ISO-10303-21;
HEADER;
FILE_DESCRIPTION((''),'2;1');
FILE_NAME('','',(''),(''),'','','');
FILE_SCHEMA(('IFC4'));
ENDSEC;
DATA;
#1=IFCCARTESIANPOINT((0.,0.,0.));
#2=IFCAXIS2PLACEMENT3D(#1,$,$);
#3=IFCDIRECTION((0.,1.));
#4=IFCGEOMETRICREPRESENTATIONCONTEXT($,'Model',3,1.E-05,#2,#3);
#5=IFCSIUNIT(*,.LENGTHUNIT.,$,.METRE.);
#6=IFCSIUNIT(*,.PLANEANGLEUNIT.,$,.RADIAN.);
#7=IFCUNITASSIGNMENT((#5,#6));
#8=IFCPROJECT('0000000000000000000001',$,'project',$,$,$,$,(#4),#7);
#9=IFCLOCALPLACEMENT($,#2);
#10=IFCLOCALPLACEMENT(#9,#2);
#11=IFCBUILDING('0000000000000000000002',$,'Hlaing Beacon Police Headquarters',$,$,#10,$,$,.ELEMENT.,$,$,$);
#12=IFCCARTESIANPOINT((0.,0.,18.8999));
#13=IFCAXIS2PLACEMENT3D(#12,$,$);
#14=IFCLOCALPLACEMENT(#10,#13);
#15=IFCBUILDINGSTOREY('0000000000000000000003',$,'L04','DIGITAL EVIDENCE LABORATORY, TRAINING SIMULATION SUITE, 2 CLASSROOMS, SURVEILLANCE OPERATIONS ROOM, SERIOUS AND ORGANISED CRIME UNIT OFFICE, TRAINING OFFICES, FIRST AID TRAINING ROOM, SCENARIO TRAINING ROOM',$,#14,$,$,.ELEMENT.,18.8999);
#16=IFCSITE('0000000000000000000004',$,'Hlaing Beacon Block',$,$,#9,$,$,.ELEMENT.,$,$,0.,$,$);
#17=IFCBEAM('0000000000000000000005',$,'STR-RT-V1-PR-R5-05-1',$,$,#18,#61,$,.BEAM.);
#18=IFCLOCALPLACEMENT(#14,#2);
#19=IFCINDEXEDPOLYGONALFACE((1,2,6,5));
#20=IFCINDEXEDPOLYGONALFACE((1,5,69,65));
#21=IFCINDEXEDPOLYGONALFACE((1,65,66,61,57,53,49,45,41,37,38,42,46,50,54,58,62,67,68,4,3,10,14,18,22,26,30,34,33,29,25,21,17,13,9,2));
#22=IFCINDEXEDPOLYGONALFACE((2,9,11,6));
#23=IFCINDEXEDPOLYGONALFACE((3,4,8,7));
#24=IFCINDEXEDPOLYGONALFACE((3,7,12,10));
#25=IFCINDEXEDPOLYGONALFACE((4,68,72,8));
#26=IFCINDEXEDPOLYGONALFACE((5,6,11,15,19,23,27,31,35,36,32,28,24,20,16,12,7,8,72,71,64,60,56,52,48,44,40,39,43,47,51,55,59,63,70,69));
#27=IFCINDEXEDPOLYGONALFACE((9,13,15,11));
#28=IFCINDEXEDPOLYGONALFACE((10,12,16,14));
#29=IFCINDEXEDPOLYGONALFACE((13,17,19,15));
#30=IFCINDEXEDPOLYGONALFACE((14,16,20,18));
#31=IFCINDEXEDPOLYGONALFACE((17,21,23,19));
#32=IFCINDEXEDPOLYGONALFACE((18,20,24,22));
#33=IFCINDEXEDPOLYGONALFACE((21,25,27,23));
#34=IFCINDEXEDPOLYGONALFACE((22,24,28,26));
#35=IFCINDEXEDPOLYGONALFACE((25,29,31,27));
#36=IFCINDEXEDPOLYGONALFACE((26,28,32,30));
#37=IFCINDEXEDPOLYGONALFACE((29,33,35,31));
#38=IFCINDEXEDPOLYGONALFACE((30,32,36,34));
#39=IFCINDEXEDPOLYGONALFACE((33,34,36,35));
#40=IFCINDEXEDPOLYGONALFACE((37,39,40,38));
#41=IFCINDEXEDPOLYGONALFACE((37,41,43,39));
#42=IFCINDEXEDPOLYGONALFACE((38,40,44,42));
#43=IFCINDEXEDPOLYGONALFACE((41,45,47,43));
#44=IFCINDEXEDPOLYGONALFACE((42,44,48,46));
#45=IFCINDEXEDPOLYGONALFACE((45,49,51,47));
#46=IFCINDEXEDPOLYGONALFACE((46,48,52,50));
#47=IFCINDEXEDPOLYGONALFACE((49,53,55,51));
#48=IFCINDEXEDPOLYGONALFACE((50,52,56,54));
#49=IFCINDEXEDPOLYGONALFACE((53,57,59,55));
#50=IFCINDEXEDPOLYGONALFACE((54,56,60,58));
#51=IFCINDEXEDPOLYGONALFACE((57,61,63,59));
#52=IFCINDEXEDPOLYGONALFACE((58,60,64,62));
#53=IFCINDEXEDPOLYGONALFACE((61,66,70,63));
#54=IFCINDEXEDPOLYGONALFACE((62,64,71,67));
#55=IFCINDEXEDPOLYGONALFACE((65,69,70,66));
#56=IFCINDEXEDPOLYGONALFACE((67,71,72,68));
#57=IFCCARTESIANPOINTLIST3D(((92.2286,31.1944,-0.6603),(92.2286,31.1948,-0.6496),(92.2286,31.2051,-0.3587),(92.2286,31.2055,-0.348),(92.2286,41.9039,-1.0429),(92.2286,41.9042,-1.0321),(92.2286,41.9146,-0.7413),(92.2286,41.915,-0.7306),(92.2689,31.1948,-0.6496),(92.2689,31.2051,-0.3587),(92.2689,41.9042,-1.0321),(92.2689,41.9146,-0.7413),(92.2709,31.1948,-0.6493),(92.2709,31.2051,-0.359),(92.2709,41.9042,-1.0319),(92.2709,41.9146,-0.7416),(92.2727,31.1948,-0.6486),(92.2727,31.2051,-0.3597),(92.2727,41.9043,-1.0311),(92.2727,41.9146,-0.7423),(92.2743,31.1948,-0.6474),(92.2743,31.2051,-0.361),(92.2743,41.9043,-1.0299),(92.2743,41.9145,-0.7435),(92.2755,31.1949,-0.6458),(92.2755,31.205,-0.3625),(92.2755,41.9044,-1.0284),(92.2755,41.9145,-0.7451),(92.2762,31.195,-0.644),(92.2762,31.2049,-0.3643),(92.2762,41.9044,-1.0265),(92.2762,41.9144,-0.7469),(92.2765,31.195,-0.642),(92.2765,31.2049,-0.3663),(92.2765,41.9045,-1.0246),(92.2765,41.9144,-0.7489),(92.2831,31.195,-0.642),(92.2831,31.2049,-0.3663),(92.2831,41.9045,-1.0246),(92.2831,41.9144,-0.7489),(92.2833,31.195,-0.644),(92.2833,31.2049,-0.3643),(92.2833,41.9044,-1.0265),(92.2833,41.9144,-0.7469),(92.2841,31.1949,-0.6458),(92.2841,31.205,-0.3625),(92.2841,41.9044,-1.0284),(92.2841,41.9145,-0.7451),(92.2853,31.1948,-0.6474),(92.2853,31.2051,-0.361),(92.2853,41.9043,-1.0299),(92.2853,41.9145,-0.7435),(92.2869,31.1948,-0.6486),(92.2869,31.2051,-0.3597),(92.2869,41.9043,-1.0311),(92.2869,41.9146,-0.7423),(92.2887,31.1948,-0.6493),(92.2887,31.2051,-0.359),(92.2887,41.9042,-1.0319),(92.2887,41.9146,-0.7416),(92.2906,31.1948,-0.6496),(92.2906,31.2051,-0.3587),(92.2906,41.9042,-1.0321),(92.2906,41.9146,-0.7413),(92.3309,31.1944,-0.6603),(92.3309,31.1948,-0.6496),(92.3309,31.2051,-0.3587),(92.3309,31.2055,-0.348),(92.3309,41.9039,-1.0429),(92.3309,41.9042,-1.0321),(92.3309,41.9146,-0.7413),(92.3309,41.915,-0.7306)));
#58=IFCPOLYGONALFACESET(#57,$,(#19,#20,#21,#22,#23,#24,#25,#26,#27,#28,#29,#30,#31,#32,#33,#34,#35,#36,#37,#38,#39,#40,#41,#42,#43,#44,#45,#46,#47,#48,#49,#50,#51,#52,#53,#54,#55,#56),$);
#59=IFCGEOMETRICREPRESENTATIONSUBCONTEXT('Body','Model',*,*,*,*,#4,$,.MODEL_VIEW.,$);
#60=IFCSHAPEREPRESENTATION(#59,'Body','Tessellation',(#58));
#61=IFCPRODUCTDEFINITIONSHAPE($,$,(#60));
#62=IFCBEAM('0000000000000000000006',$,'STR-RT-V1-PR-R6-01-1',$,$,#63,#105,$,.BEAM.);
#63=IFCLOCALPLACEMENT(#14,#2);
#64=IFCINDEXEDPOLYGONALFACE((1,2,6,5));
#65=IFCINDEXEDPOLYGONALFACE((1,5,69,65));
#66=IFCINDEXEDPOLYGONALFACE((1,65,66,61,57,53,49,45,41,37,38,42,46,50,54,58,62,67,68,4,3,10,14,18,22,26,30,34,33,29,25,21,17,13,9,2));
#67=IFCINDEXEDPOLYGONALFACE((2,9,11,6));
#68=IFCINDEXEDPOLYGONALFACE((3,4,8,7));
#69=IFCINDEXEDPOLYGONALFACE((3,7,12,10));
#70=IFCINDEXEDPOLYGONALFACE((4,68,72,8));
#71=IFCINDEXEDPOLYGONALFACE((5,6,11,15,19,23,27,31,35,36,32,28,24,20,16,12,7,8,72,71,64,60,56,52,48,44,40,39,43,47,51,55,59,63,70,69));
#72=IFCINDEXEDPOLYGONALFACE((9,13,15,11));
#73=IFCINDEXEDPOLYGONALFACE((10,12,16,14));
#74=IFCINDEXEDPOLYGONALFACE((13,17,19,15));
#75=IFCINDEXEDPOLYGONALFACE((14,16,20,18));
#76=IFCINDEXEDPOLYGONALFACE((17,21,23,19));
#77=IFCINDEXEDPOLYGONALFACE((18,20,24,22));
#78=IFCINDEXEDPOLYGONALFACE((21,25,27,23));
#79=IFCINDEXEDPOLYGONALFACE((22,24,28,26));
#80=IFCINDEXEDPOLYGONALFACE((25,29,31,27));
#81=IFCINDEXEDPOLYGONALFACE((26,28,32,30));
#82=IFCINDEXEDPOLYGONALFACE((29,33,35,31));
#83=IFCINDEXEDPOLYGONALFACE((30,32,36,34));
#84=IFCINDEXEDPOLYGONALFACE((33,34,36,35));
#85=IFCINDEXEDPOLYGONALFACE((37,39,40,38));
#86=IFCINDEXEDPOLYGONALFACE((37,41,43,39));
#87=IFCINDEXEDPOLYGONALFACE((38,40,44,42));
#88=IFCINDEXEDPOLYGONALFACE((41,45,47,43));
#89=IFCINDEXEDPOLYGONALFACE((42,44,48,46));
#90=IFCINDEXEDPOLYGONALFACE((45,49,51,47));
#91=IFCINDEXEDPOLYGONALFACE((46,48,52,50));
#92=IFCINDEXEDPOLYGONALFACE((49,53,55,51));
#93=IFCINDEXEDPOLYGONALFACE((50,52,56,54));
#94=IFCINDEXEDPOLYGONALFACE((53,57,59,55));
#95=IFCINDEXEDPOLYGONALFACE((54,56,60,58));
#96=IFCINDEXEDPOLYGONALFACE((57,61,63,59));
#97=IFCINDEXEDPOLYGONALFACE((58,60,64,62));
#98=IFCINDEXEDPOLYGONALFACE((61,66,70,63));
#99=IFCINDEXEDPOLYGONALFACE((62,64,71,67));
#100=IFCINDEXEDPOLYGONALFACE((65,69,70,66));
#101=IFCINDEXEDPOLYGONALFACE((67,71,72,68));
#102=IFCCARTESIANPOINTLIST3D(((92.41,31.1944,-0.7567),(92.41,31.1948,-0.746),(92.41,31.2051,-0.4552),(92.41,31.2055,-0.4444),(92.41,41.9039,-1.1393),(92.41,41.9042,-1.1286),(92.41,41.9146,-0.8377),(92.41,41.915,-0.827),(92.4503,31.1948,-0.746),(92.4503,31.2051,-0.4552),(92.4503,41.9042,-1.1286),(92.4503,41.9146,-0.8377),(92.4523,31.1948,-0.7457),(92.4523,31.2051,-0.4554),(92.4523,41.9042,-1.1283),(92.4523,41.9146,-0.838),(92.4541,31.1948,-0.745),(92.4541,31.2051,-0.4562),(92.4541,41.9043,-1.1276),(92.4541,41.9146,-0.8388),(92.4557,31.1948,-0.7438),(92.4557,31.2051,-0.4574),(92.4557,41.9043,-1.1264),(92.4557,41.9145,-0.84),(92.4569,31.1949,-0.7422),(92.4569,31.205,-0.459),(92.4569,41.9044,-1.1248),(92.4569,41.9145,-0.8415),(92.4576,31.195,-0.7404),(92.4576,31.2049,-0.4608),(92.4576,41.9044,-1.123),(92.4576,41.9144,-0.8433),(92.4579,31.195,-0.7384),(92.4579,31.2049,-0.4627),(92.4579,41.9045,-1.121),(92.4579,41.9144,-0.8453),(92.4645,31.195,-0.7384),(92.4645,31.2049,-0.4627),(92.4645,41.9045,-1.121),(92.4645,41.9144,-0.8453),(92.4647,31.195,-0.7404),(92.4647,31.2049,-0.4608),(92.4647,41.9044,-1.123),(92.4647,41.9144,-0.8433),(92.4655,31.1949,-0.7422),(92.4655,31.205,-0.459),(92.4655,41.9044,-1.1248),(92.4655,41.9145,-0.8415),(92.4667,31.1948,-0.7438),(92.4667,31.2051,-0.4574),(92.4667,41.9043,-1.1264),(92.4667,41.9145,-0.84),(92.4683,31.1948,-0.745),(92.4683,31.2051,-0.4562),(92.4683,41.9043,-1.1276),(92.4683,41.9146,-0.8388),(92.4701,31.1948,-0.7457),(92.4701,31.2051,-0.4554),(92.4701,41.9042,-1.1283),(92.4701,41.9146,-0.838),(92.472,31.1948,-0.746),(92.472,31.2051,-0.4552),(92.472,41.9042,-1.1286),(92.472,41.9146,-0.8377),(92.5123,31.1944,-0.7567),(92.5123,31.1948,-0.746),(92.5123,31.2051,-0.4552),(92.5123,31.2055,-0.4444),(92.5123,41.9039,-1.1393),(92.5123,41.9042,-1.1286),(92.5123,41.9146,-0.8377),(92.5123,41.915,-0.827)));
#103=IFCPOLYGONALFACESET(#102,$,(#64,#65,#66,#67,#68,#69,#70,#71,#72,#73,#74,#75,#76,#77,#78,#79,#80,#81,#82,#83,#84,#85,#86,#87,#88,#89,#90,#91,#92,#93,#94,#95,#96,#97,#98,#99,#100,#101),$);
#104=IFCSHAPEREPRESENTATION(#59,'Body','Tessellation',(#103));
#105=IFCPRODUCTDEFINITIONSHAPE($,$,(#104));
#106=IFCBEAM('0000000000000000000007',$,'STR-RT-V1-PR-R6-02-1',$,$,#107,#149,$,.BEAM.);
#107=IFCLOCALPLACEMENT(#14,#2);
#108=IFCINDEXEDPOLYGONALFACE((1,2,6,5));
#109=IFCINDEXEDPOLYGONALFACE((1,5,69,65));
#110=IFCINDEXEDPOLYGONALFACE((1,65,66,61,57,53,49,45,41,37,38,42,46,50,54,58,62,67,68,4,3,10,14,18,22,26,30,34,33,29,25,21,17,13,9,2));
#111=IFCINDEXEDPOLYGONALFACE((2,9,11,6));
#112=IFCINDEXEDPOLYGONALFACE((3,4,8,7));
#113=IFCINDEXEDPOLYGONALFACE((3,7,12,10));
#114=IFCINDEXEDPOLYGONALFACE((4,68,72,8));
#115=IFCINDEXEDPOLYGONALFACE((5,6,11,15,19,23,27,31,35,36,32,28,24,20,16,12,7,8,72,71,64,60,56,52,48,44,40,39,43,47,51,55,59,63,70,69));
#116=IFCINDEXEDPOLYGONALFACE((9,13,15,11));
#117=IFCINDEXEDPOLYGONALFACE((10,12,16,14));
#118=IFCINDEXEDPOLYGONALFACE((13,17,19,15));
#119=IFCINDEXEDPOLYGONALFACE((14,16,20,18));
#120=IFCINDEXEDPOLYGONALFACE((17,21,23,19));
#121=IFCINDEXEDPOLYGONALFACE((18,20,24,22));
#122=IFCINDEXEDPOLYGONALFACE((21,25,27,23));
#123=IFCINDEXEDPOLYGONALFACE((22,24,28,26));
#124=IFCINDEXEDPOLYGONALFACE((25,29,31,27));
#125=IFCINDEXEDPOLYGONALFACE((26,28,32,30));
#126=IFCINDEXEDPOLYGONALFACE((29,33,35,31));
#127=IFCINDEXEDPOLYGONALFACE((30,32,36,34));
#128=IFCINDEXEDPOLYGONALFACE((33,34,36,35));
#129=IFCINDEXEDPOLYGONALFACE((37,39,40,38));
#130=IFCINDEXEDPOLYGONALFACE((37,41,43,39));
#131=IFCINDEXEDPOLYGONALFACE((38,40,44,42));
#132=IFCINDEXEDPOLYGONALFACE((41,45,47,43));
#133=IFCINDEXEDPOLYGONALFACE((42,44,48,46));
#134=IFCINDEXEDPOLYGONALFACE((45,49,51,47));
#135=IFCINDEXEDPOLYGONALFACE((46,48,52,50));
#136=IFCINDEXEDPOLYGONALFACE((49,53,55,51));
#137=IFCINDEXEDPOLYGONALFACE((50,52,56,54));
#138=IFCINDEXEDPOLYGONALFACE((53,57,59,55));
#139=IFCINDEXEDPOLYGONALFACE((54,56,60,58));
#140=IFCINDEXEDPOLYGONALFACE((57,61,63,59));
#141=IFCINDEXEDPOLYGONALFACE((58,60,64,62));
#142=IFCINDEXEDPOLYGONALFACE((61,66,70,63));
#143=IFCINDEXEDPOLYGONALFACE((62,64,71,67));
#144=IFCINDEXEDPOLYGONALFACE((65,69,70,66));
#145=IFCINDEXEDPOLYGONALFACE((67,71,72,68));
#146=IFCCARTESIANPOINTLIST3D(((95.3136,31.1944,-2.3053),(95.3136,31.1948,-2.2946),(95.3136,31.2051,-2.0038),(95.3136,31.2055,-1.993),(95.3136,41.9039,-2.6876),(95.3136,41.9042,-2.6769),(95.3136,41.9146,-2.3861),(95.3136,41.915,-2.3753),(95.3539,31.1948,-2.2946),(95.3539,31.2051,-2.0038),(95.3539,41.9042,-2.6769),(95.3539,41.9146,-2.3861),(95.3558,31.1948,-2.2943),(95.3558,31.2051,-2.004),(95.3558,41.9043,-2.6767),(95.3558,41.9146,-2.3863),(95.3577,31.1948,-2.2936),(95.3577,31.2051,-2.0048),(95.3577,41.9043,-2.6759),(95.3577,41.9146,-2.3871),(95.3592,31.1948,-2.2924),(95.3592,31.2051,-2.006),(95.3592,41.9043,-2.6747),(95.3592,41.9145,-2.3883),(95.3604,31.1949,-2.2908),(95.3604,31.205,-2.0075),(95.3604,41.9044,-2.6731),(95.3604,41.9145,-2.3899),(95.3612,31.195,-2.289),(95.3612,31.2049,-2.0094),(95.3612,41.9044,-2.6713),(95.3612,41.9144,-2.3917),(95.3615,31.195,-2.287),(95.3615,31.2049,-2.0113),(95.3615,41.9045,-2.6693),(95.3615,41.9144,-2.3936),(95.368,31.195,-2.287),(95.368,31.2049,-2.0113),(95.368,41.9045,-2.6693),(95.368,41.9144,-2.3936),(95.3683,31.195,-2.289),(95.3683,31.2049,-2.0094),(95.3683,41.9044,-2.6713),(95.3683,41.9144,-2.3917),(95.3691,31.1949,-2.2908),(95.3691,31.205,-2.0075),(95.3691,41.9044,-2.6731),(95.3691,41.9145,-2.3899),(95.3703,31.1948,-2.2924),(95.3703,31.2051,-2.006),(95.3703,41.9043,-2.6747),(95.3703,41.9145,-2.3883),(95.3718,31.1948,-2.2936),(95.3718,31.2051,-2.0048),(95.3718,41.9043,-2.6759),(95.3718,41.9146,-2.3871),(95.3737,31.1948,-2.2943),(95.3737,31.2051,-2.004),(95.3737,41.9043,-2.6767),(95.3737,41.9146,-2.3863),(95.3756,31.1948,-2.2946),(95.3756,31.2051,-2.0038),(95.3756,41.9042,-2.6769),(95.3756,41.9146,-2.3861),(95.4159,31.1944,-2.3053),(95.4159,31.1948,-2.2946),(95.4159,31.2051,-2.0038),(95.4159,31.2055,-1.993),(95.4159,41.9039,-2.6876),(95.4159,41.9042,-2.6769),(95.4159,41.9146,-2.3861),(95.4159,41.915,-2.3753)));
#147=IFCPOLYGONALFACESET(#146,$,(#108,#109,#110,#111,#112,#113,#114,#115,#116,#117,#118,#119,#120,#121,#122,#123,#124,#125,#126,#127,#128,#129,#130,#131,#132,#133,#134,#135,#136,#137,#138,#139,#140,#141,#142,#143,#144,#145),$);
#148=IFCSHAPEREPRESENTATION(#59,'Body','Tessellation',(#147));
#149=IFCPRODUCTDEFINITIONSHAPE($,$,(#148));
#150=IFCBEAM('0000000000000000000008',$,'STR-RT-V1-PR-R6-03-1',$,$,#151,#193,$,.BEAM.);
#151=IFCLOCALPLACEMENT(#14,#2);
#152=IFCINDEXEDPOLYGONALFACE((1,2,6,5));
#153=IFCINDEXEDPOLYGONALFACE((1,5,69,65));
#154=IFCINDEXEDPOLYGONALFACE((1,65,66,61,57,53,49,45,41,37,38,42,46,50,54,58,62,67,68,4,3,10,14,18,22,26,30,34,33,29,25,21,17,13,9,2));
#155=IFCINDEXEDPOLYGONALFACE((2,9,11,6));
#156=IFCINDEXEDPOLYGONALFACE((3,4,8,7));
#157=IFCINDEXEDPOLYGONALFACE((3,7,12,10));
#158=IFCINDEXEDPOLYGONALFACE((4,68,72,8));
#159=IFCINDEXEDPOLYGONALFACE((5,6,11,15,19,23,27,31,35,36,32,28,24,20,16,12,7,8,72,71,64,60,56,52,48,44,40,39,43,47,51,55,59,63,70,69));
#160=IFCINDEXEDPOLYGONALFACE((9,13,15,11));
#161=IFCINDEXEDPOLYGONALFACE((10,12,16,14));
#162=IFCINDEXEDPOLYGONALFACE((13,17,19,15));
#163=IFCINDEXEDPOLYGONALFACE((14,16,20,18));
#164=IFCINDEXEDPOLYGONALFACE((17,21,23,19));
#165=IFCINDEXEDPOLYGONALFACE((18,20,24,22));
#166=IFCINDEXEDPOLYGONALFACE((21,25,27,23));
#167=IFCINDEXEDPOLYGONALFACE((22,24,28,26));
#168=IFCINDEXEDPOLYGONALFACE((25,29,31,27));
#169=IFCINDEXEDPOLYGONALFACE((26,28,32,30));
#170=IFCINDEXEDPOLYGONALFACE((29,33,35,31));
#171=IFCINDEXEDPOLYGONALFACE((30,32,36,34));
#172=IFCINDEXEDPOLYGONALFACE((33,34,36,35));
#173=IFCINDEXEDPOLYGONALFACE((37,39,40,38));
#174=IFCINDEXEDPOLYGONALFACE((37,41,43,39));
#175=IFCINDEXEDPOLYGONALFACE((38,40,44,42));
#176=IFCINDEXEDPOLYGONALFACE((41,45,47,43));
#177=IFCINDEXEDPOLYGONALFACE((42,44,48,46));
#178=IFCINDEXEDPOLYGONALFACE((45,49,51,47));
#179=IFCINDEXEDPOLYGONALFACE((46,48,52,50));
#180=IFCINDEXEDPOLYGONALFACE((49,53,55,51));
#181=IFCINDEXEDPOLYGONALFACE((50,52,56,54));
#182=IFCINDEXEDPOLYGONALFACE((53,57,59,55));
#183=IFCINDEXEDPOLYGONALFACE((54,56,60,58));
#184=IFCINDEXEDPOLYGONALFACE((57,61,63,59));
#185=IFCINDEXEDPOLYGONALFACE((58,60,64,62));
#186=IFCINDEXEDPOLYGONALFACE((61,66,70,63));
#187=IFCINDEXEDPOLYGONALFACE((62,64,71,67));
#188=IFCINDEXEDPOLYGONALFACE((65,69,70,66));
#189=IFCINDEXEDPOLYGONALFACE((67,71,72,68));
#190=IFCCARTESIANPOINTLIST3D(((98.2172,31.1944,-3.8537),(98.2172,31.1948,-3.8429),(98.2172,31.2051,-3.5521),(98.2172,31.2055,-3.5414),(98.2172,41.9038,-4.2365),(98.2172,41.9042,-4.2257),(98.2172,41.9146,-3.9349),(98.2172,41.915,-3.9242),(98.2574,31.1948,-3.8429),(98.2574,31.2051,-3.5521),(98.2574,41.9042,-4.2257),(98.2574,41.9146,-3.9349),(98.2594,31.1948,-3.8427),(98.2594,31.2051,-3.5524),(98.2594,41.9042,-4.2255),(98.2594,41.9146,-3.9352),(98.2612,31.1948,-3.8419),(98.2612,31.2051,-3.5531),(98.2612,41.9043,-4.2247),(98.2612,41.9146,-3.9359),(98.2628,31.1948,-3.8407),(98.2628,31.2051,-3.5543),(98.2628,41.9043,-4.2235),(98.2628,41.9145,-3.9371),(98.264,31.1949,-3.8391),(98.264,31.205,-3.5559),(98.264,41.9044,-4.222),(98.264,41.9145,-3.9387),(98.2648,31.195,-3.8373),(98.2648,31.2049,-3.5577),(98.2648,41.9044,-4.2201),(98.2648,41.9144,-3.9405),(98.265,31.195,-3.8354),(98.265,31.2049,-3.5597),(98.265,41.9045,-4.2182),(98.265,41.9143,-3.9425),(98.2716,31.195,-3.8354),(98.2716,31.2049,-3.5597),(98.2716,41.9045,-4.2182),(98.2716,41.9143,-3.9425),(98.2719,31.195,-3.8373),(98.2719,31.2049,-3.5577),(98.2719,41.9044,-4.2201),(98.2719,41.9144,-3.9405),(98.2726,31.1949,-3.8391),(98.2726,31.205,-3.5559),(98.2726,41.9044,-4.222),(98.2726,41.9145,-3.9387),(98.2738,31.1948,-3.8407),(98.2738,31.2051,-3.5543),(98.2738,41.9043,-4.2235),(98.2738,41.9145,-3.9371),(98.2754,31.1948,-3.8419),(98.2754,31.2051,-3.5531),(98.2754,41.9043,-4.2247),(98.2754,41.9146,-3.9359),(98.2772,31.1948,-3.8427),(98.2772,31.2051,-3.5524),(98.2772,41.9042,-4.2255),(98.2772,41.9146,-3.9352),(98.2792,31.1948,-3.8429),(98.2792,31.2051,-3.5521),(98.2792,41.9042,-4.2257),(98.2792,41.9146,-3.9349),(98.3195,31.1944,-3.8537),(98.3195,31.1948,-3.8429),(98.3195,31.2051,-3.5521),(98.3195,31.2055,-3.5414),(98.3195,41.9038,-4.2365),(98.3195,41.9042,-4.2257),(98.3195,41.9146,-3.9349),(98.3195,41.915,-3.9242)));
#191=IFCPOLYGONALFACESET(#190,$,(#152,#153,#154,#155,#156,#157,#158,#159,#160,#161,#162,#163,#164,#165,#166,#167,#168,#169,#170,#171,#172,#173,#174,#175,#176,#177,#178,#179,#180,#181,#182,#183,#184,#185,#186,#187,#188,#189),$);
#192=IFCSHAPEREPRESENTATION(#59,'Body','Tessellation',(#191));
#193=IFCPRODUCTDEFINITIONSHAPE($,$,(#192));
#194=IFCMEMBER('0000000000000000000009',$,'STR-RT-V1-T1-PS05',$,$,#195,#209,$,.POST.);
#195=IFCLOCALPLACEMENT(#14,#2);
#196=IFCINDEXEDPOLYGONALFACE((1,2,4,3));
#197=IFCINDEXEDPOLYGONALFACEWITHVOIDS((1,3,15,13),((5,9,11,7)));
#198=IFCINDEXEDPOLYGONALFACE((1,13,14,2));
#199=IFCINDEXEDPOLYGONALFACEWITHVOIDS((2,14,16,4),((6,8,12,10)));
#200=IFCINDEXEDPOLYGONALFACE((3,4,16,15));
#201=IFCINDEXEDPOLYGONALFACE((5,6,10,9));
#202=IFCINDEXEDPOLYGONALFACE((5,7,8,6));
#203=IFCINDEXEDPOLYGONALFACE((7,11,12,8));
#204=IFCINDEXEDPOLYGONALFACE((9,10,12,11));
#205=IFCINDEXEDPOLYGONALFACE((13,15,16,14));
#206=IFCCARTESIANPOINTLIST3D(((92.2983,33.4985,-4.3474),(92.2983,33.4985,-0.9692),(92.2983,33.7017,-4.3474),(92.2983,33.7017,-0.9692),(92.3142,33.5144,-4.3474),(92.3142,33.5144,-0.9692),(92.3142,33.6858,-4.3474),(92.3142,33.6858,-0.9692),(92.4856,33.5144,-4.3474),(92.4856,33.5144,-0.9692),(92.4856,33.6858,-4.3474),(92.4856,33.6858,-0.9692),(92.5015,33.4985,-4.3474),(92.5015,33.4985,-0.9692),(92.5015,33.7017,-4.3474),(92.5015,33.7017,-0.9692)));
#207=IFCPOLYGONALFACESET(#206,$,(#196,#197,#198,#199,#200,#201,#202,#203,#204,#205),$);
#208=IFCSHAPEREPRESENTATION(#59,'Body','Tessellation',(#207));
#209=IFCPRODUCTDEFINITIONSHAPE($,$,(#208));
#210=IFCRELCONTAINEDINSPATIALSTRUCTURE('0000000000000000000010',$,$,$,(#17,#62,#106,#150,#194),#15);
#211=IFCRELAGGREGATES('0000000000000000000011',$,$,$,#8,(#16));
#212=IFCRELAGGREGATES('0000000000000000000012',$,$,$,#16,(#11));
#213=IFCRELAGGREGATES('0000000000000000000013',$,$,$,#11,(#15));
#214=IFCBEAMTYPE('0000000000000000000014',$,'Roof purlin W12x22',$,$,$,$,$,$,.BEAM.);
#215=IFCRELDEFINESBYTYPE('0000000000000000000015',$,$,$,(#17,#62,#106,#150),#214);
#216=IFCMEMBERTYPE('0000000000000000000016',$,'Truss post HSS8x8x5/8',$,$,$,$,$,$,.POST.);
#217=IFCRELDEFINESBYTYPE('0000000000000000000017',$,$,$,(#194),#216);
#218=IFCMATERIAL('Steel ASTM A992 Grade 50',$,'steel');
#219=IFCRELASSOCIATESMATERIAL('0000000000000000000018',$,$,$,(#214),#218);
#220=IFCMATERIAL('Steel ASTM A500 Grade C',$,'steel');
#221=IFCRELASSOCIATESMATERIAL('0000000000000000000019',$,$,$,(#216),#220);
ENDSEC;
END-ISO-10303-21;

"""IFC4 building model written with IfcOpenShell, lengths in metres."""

from ifc_helpers import new_model, si_unit, direction, frame, origin, origin_2d, place, context, subcontext, project, spatial, hollow_rectangle, i_section, extrude, material, material_profile, profile_set, type_object, element, save


model = new_model("IFC4")

# Units and contexts
model_context = context("Model", 3, precision=1e-05, world=origin(), true_north=direction((0.0, 1.0)))
body_context = subcontext(model_context, "Body", "Model", "MODEL_VIEW")
ifc_project = project(units=[si_unit("LENGTHUNIT", "METRE"), si_unit("PLANEANGLEUNIT", "RADIAN")], contexts=[model_context])

# Site, building, storey
site_placement = place(None, origin())
site = spatial("IfcSite", under=ifc_project, at=site_placement, Name="Hlaing Beacon Block", CompositionType="ELEMENT", RefElevation=0.0)
building_placement = place(site_placement, origin())
building = spatial("IfcBuilding", under=site, at=building_placement, Name="Hlaing Beacon Police Headquarters", CompositionType="ELEMENT")
storey_placement = place(building_placement, frame((0.0, 0.0, 18.8999)))
storey = spatial("IfcBuildingStorey", under=building, at=storey_placement, Name="L04", Description="DIGITAL EVIDENCE LABORATORY, TRAINING SIMULATION SUITE, 2 CLASSROOMS, SURVEILLANCE OPERATIONS ROOM, SERIOUS AND ORGANISED CRIME UNIT OFFICE, TRAINING OFFICES, FIRST AID TRAINING ROOM, SCENARIO TRAINING ROOM", CompositionType="ELEMENT", Elevation=18.8999)

# Beams
ifc_material_1 = material(Name="Steel ASTM A992 Grade 50", Category="steel")
ifc_material_profile_1 = material_profile(ifc_material_1, i_section(OverallWidth=0.1023, OverallDepth=0.3125, WebThickness=0.0066, FlangeThickness=0.0107, FilletRadius=0.0076, at=origin_2d()), Name="W12x22")
ifc_profile_set_1 = profile_set([ifc_material_profile_1], Name="Steel ASTM A992 Grade 50")
beam_type_1 = type_object("IfcBeamType", Name="Roof purlin W12x22", PredefinedType="BEAM", material=ifc_profile_set_1)
for number, where, z_axis, x_axis, name in (
    (1, (92.2798, 31.2, -0.5042), (0.0, 0.999363, -0.0357), (-1.0, 0.0, 0.0), "STR-RT-V1-PR-R5-05-1"),
    (2, (92.4612, 31.2, -0.6006), (0.0, 0.999363, -0.0357), (-1.0, 0.0, 0.0), "STR-RT-V1-PR-R6-01-1"),
    (3, (95.3647, 31.2, -2.1492), (0.0, 0.999363, -0.035677), (-1.0, 0.0, 0.0), "STR-RT-V1-PR-R6-02-1"),
    (4, (98.2683, 31.2, -3.6975), (0.0, 0.999362, -0.035722), (-1.0, 0.0, 0.0), "STR-RT-V1-PR-R6-03-1"),
):
    element("IfcBeam", number, at=place(storey_placement, frame(where, z_axis=z_axis, x_axis=x_axis)), inside=storey, type_object=beam_type_1, Name=name, PredefinedType="BEAM", context=body_context, shape_type="SweptSolid", body=[
        extrude(i_section(OverallWidth=0.1023, OverallDepth=0.3125, WebThickness=0.0066, FlangeThickness=0.0107, FilletRadius=0.0076, at=origin_2d()), origin(), (0.0, 0.0, 1.0), 10.7163),
    ])

# Member
ifc_material_2 = material(Name="Steel ASTM A500 Grade C", Category="steel")
ifc_material_profile_2 = material_profile(ifc_material_2, hollow_rectangle(XDim=0.2031, YDim=0.2031, WallThickness=0.0159, at=origin_2d()), Name="HSS8x8x5/8")
ifc_profile_set_2 = profile_set([ifc_material_profile_2], Name="Steel ASTM A500 Grade C")
member_type_1 = type_object("IfcMemberType", Name="Truss post HSS8x8x5/8", PredefinedType="POST", material=ifc_profile_set_2)
member_1_placement = place(storey_placement, frame((92.3999, 33.6001, -4.3474), z_axis=(0.0, 0.0, 1.0), x_axis=(1.0, 0.0, 0.0)))
element("IfcMember", 5, at=member_1_placement, inside=storey, type_object=member_type_1, Name="STR-RT-V1-T1-PS05", PredefinedType="POST", context=body_context, shape_type="SweptSolid", body=[
    extrude(hollow_rectangle(XDim=0.2031, YDim=0.2031, WallThickness=0.0159, at=origin_2d()), origin(), (0.0, 0.0, 1.0), 3.3782),
])

save(model, "model.ifc")
